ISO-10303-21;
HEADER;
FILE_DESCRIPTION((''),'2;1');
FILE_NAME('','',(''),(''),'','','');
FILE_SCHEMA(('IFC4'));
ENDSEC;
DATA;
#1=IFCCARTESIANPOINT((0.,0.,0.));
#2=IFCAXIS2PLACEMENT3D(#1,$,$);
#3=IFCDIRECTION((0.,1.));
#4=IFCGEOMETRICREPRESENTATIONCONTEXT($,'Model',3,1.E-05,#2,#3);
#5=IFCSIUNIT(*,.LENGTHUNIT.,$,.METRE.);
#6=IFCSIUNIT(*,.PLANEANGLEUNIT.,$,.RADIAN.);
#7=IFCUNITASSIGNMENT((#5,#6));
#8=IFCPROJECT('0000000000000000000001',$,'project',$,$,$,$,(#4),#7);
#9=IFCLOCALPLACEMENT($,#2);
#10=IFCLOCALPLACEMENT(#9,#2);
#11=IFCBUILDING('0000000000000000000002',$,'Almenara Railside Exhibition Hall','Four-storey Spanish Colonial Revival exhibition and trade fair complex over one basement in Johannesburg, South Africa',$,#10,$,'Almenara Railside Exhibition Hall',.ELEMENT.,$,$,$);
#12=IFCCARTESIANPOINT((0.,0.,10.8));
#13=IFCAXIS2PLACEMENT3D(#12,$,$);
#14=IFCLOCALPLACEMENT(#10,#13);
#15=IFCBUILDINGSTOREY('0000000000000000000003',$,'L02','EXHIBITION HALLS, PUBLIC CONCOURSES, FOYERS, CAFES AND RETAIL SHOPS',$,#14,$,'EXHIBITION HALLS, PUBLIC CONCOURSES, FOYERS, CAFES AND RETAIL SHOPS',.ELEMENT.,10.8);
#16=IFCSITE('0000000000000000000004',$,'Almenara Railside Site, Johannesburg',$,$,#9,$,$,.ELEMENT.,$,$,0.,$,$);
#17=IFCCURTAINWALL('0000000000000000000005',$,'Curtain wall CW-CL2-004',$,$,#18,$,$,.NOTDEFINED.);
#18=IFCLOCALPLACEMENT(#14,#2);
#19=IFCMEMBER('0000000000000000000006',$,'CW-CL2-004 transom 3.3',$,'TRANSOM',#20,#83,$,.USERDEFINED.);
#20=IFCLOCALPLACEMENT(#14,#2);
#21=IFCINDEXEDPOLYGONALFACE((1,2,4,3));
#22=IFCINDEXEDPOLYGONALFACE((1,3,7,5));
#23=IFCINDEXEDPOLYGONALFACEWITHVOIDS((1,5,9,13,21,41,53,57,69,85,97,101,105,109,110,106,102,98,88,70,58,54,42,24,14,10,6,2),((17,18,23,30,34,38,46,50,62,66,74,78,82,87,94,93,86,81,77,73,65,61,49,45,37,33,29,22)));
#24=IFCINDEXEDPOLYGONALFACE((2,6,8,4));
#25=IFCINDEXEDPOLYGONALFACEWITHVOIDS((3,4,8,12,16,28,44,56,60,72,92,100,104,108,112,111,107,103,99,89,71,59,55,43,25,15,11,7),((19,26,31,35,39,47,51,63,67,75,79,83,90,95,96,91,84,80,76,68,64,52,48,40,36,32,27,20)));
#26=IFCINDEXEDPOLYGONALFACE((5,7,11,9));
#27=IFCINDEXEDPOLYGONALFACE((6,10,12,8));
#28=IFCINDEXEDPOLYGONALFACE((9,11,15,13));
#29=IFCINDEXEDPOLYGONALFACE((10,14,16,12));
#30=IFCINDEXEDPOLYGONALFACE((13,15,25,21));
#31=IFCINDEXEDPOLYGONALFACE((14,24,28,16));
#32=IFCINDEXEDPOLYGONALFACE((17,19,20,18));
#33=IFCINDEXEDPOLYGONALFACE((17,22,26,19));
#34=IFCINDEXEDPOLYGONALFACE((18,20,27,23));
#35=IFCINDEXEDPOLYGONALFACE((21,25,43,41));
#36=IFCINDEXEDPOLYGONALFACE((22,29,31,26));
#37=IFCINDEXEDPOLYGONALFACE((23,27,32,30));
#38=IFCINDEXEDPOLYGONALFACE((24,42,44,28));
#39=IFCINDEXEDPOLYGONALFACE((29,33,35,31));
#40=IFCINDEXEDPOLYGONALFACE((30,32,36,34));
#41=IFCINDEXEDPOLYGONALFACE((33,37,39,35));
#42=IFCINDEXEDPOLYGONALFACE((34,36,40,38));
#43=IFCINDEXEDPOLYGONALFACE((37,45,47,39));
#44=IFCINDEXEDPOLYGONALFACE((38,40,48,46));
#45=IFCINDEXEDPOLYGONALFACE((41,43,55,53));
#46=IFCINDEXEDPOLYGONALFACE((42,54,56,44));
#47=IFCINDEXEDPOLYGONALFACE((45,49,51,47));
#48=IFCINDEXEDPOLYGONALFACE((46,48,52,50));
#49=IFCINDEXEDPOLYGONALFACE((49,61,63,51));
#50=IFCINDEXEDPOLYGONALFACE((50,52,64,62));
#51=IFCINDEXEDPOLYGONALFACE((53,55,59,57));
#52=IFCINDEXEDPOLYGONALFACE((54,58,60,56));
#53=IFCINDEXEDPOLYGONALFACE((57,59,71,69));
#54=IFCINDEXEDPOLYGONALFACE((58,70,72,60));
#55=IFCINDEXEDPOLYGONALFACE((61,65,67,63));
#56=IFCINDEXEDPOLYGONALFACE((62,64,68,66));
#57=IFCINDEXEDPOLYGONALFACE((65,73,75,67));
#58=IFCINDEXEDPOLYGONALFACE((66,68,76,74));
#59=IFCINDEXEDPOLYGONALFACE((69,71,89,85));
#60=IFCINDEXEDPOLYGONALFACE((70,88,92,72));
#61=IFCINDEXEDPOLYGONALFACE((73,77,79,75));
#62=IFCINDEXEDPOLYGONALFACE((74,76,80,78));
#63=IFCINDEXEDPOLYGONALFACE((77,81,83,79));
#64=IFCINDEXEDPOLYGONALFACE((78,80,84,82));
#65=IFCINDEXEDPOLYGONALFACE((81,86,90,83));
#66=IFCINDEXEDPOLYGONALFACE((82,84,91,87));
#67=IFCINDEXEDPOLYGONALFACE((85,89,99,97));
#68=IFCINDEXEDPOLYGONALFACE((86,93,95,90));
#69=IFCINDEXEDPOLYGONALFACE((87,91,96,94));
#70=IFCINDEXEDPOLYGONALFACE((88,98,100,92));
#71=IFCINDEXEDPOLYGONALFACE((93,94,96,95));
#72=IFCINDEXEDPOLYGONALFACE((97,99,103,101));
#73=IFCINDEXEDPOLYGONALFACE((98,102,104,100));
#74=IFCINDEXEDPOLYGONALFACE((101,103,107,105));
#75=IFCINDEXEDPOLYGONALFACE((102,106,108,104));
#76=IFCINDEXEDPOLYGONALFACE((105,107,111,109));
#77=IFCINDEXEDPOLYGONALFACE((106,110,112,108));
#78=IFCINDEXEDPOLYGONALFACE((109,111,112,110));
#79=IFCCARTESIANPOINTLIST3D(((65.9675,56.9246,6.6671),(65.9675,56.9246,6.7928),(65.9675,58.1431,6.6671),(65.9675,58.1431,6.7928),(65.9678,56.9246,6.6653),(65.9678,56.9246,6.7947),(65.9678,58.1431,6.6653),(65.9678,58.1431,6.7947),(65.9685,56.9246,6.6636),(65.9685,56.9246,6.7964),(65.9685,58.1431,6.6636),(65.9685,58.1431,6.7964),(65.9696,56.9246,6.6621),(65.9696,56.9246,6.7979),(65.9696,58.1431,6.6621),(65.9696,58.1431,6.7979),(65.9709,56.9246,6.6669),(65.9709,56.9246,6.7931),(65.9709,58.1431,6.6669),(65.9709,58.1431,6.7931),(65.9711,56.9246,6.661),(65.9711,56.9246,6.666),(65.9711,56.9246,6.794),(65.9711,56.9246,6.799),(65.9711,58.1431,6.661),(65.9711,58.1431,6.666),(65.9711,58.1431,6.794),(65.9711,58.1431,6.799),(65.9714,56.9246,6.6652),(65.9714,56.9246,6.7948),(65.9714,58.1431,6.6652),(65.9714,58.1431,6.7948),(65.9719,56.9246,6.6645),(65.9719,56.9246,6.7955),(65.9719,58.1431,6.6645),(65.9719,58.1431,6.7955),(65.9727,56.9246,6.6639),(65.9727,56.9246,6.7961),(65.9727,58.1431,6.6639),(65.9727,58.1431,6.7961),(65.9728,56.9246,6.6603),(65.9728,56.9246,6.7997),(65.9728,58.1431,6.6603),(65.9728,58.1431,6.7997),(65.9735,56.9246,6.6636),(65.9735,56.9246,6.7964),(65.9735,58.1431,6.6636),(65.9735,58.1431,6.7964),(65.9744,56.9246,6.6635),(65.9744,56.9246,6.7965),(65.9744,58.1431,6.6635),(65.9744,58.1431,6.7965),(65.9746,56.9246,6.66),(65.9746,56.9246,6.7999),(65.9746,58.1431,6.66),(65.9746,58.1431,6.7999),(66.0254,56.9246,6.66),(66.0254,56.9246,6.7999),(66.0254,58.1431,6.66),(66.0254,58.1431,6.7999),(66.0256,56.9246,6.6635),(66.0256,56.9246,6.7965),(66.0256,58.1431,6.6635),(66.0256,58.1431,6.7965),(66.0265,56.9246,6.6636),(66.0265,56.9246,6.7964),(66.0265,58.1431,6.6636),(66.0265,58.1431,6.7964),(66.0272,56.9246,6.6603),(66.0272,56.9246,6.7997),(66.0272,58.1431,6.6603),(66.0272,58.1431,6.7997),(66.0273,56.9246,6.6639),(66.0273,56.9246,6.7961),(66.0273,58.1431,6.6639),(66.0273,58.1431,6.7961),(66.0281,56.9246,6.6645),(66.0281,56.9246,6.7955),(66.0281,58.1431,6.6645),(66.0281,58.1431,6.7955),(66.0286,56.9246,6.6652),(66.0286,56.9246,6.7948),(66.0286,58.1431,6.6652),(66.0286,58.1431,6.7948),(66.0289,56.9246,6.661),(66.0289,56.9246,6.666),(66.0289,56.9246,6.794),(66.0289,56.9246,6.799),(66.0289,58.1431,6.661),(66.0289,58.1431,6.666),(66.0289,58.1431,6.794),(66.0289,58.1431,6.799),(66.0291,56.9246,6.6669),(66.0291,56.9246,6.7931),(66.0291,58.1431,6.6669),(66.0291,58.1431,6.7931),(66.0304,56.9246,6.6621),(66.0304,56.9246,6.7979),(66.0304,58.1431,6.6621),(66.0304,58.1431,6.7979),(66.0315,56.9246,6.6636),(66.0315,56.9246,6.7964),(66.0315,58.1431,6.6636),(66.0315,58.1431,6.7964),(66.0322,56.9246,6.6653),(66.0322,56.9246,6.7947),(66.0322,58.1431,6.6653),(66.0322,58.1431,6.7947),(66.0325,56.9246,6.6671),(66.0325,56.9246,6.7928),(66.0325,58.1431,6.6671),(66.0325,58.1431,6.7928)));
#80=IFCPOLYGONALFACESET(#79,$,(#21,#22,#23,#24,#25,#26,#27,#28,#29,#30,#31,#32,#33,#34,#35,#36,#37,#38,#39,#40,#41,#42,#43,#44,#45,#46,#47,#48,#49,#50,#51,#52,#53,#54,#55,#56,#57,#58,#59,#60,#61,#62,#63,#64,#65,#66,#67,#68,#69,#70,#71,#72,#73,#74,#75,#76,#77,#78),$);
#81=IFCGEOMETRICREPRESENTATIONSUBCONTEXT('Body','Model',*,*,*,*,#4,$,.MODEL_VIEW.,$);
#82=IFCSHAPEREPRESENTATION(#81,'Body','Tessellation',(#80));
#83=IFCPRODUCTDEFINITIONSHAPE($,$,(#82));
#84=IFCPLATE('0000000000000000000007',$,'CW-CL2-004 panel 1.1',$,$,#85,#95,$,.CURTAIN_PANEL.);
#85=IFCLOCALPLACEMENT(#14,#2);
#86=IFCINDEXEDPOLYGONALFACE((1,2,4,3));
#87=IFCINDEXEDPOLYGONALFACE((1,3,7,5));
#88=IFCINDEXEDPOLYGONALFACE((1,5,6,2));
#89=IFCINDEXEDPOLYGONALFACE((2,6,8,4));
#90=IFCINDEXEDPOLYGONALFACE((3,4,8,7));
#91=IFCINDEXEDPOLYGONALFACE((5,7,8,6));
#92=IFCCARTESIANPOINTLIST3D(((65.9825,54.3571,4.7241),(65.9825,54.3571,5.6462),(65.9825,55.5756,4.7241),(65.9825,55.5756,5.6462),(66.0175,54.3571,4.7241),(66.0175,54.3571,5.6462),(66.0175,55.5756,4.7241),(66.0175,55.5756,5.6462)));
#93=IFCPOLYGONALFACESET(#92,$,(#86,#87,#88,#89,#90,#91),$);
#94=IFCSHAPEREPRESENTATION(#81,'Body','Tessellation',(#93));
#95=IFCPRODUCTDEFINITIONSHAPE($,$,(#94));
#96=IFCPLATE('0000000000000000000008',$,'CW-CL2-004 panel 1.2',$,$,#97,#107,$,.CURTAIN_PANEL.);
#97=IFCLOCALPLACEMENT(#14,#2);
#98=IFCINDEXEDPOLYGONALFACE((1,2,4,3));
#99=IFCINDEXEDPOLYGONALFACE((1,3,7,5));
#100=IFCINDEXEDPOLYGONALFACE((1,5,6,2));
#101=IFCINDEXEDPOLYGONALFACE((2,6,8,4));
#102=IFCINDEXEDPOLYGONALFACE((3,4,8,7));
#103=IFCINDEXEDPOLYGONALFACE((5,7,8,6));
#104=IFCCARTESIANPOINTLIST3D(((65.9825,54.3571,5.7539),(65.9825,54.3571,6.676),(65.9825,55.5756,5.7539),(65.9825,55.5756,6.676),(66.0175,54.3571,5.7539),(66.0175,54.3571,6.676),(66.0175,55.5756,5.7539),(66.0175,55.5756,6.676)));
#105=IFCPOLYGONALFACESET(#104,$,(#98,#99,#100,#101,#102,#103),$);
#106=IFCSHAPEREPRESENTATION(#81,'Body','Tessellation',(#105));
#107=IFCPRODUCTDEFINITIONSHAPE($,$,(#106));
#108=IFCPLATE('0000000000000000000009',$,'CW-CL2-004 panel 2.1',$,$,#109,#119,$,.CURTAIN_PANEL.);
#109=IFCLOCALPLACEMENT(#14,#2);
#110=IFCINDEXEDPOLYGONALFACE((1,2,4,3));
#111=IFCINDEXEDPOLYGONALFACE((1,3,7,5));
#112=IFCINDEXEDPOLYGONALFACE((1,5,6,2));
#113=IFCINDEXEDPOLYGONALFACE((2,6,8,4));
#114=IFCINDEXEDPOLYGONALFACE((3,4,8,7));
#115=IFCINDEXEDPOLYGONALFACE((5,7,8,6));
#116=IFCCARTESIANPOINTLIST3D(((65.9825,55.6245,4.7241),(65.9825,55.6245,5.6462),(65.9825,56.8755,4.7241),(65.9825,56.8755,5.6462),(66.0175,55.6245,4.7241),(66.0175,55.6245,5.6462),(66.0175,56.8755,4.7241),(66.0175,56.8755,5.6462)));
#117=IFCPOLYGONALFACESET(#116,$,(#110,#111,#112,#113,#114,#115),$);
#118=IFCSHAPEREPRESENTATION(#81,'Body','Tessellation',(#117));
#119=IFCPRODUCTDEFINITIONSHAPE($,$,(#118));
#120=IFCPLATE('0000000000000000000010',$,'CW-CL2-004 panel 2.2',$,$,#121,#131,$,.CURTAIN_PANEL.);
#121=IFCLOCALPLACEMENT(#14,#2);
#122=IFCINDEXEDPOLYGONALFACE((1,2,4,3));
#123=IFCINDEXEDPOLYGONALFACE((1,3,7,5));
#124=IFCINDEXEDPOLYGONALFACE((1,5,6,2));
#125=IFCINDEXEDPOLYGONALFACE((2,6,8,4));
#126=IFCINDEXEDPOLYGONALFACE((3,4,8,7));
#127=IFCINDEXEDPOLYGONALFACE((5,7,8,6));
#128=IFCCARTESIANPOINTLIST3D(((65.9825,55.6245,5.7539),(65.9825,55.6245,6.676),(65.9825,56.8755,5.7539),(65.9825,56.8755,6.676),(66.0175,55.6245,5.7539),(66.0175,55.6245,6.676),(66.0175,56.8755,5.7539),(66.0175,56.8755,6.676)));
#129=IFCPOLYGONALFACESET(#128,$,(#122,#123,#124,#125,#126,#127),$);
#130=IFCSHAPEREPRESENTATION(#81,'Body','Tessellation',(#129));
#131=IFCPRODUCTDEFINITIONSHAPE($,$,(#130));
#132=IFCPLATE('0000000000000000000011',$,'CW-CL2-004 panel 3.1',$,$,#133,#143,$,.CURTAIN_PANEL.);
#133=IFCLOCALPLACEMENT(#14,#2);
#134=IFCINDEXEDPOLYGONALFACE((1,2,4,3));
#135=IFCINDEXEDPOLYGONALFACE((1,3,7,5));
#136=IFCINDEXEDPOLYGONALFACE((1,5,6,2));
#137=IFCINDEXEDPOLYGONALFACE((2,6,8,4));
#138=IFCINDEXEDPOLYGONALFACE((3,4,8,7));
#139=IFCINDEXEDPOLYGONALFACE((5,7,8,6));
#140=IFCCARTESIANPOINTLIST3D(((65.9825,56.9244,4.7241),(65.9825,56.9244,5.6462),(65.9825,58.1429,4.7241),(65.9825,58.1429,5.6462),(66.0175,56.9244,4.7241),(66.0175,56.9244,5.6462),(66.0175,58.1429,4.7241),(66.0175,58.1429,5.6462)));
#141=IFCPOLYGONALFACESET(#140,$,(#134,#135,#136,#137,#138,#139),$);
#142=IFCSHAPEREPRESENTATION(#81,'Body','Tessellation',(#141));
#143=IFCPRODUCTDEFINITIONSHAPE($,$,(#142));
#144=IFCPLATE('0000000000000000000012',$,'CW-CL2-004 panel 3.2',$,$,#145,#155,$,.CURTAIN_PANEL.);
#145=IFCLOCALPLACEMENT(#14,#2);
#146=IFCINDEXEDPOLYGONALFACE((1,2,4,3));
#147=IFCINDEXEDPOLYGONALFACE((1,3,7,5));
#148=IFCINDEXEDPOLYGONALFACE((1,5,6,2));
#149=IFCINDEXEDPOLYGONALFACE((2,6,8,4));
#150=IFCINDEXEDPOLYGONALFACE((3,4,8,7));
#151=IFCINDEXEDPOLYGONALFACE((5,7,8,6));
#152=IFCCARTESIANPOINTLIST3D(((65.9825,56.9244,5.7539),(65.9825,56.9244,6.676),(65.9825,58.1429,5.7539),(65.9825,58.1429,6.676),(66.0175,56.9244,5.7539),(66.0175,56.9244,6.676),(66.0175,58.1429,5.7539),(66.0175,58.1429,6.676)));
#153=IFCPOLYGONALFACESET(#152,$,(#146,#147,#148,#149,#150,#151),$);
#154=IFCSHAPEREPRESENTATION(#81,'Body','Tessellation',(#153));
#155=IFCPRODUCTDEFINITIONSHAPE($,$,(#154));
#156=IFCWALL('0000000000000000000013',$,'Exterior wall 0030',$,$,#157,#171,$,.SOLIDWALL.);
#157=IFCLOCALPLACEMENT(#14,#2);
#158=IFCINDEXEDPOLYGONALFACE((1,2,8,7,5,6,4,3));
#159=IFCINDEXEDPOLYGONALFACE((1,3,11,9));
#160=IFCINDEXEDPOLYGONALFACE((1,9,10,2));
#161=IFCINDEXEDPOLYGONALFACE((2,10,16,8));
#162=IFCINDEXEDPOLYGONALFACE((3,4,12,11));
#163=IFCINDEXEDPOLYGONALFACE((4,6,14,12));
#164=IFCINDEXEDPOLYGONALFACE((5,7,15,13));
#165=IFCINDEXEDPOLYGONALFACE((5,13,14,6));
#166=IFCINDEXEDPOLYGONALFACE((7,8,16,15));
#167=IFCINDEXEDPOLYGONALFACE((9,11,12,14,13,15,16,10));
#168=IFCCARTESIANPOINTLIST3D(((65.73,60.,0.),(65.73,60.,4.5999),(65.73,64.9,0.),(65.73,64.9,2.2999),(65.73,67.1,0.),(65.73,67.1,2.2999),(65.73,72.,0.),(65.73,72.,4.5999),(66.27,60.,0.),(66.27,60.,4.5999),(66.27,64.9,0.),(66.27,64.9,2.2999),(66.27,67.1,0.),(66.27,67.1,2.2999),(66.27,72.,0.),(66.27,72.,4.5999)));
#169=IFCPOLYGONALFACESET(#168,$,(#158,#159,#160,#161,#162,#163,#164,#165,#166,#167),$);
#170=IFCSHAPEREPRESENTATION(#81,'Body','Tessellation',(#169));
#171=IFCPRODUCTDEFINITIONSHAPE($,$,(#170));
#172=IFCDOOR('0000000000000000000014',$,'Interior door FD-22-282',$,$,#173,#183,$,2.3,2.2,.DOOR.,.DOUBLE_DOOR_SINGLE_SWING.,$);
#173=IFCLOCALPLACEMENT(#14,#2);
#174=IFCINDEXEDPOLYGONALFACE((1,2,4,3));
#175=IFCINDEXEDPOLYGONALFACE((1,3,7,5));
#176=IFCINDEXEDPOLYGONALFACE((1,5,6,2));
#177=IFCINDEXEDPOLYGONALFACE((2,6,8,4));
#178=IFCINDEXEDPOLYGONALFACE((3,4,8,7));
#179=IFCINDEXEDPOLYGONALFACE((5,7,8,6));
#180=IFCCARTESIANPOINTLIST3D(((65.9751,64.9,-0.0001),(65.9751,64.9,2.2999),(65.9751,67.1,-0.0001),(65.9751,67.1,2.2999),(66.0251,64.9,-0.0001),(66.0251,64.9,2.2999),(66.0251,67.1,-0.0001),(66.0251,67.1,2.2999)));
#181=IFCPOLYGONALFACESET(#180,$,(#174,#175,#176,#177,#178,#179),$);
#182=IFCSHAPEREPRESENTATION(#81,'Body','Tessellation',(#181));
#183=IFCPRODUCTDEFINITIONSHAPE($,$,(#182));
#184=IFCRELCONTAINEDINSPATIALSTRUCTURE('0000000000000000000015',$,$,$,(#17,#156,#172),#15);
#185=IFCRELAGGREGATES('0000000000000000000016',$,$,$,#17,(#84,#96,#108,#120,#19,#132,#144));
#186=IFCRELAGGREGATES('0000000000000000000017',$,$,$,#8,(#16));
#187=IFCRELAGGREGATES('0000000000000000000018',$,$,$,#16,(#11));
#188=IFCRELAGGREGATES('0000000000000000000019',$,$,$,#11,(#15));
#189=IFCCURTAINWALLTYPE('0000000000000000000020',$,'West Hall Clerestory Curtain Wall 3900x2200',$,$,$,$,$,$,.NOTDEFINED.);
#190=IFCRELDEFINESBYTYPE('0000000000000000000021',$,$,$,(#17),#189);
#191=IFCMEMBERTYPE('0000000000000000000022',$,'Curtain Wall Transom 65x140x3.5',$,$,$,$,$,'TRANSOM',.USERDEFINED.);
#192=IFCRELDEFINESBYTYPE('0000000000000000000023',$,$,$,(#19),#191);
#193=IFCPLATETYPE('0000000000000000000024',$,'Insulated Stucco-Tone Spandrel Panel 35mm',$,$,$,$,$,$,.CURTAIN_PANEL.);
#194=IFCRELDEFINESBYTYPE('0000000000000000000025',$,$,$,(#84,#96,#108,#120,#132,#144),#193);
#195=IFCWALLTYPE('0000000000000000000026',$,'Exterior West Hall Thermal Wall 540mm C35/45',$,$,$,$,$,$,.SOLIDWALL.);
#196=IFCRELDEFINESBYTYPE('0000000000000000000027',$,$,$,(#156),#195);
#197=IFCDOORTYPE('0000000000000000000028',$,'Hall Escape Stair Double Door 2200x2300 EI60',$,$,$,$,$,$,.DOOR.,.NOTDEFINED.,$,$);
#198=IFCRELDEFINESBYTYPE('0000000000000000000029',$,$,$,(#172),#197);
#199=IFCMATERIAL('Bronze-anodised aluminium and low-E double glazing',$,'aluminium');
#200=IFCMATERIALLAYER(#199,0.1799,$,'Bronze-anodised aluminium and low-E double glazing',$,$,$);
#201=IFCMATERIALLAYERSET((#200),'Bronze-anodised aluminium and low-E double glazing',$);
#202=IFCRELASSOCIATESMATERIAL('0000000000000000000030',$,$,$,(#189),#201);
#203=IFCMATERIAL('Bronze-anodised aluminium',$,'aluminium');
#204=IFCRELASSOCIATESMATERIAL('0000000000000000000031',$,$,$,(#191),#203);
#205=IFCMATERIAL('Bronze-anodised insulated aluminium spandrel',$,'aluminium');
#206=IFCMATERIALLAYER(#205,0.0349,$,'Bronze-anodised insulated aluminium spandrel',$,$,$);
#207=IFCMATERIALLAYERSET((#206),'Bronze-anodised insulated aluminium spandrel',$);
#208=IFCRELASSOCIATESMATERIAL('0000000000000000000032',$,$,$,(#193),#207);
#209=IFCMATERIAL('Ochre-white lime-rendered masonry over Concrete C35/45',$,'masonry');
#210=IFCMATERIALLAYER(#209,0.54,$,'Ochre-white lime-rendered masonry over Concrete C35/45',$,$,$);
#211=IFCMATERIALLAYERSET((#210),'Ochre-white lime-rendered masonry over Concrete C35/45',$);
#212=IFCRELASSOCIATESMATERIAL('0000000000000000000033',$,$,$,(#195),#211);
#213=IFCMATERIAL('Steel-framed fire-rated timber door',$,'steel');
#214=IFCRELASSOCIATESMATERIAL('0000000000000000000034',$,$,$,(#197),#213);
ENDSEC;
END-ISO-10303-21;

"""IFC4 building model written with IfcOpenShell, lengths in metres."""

from ifc_helpers import new_model, si_unit, direction, frame, frame_2d, origin, origin_2d, place, context, subcontext, project, spatial, rectangle, hollow_rectangle, extrude, material, layer, layer_set, material_profile, profile_set, type_object, element, fill, aggregate, save


model = new_model("IFC4")

# Units and contexts
model_context = context("Model", 3, precision=1e-05, world=origin(), true_north=direction((0.0, 1.0)))
body_context = subcontext(model_context, "Body", "Model", "MODEL_VIEW")
ifc_project = project(units=[si_unit("LENGTHUNIT", "METRE"), si_unit("PLANEANGLEUNIT", "RADIAN")], contexts=[model_context])

# Site, building, storey
site_placement = place(None, origin())
site = spatial("IfcSite", under=ifc_project, at=site_placement, Name="Almenara Railside Site, Johannesburg", CompositionType="ELEMENT", RefElevation=0.0)
building_placement = place(site_placement, origin())
building = spatial("IfcBuilding", under=site, at=building_placement, Name="Almenara Railside Exhibition Hall", Description="Four-storey Spanish Colonial Revival exhibition and trade fair complex over one basement in Johannesburg, South Africa", LongName="Almenara Railside Exhibition Hall", CompositionType="ELEMENT")
storey_placement = place(building_placement, frame((0.0, 0.0, 10.8)))
storey = spatial("IfcBuildingStorey", under=building, at=storey_placement, Name="L02", Description="EXHIBITION HALLS, PUBLIC CONCOURSES, FOYERS, CAFES AND RETAIL SHOPS", LongName="EXHIBITION HALLS, PUBLIC CONCOURSES, FOYERS, CAFES AND RETAIL SHOPS", CompositionType="ELEMENT", Elevation=10.8)

# Curtain wall, member, plates
ifc_material_1 = material(Name="Bronze-anodised aluminium and low-E double glazing", Category="aluminium")
ifc_layer_1 = layer(ifc_material_1, 0.1799, Name="Bronze-anodised aluminium and low-E double glazing")
ifc_layer_set_1 = layer_set([ifc_layer_1], Name="Bronze-anodised aluminium and low-E double glazing")
curtain_wall_type = type_object("IfcCurtainWallType", Name="West Hall Clerestory Curtain Wall 3900x2200", PredefinedType="NOTDEFINED", material=ifc_layer_set_1)
curtain_wall_placement = place(storey_placement, origin())
curtain_wall = element("IfcCurtainWall", 1, at=curtain_wall_placement, inside=storey, type_object=curtain_wall_type, Name="Curtain wall CW-CL2-004", PredefinedType="NOTDEFINED")
ifc_material_2 = material(Name="Bronze-anodised aluminium", Category="aluminium")
ifc_material_profile_1 = material_profile(ifc_material_2, hollow_rectangle(XDim=0.0649, YDim=0.1399, WallThickness=0.0034, InnerFilletRadius=0.0034, OuterFilletRadius=0.0071, at=origin_2d()), Name="ALU-TRN 65x140x3.5")
ifc_profile_set_1 = profile_set([ifc_material_profile_1], Name="Bronze-anodised aluminium")
member_type_1 = type_object("IfcMemberType", Name="Curtain Wall Transom 65x140x3.5", ElementType="TRANSOM", PredefinedType="USERDEFINED", material=ifc_profile_set_1)
member_1_placement = place(storey_placement, frame((66.0, 56.9246, 6.73), z_axis=(0.0, 1.0, 0.0), x_axis=(-1.0, 0.0, 0.0)))
member_1 = element("IfcMember", 2, at=member_1_placement, type_object=member_type_1, Name="CW-CL2-004 transom 3.3", ObjectType="TRANSOM", PredefinedType="USERDEFINED", context=body_context, shape_type="SweptSolid", body=[
    extrude(hollow_rectangle(XDim=0.0649, YDim=0.1399, WallThickness=0.0034, InnerFilletRadius=0.0034, OuterFilletRadius=0.0071, at=origin_2d()), origin(), (0.0, 0.0, 1.0), 1.2185),
])
ifc_material_3 = material(Name="Bronze-anodised insulated aluminium spandrel", Category="aluminium")
ifc_layer_2 = layer(ifc_material_3, 0.0349, Name="Bronze-anodised insulated aluminium spandrel")
ifc_layer_set_2 = layer_set([ifc_layer_2], Name="Bronze-anodised insulated aluminium spandrel")
plate_type = type_object("IfcPlateType", Name="Insulated Stucco-Tone Spandrel Panel 35mm", PredefinedType="CURTAIN_PANEL", material=ifc_layer_set_2)
plate_1_placement = place(storey_placement, frame((66.0, 54.9663, 4.7241), z_axis=(0.0, 0.0, 1.0), x_axis=(0.0, 1.0, 0.0)))
plate_1 = element("IfcPlate", 3, at=plate_1_placement, type_object=plate_type, Name="CW-CL2-004 panel 1.1", PredefinedType="CURTAIN_PANEL", context=body_context, shape_type="SweptSolid", body=[
    extrude(rectangle(XDim=1.2185, YDim=0.0349, at=origin_2d()), origin(), (0.0, 0.0, 1.0), 0.9221),
])
plate_2_placement = place(storey_placement, frame((66.0, 54.9663, 5.7539), z_axis=(0.0, 0.0, 1.0), x_axis=(0.0, 1.0, 0.0)))
plate_2 = element("IfcPlate", 4, at=plate_2_placement, type_object=plate_type, Name="CW-CL2-004 panel 1.2", PredefinedType="CURTAIN_PANEL", context=body_context, shape_type="SweptSolid", body=[
    extrude(rectangle(XDim=1.2185, YDim=0.0349, at=origin_2d()), origin(), (0.0, 0.0, 1.0), 0.9221),
])
plate_3_placement = place(storey_placement, frame((66.0, 56.25, 4.7241), z_axis=(0.0, 0.0, 1.0), x_axis=(0.0, 1.0, 0.0)))
plate_3 = element("IfcPlate", 5, at=plate_3_placement, type_object=plate_type, Name="CW-CL2-004 panel 2.1", PredefinedType="CURTAIN_PANEL", context=body_context, shape_type="SweptSolid", body=[
    extrude(rectangle(XDim=1.251, YDim=0.0349, at=origin_2d()), origin(), (0.0, 0.0, 1.0), 0.9221),
])
plate_4_placement = place(storey_placement, frame((66.0, 56.25, 5.7539), z_axis=(0.0, 0.0, 1.0), x_axis=(0.0, 1.0, 0.0)))
plate_4 = element("IfcPlate", 6, at=plate_4_placement, type_object=plate_type, Name="CW-CL2-004 panel 2.2", PredefinedType="CURTAIN_PANEL", context=body_context, shape_type="SweptSolid", body=[
    extrude(rectangle(XDim=1.251, YDim=0.0349, at=origin_2d()), origin(), (0.0, 0.0, 1.0), 0.9221),
])
plate_5_placement = place(storey_placement, frame((66.0, 57.5337, 4.7241), z_axis=(0.0, 0.0, 1.0), x_axis=(0.0, 1.0, 0.0)))
plate_5 = element("IfcPlate", 7, at=plate_5_placement, type_object=plate_type, Name="CW-CL2-004 panel 3.1", PredefinedType="CURTAIN_PANEL", context=body_context, shape_type="SweptSolid", body=[
    extrude(rectangle(XDim=1.2185, YDim=0.0349, at=origin_2d()), origin(), (0.0, 0.0, 1.0), 0.9221),
])
plate_6_placement = place(storey_placement, frame((66.0, 57.5337, 5.7539), z_axis=(0.0, 0.0, 1.0), x_axis=(0.0, 1.0, 0.0)))
plate_6 = element("IfcPlate", 8, at=plate_6_placement, type_object=plate_type, Name="CW-CL2-004 panel 3.2", PredefinedType="CURTAIN_PANEL", context=body_context, shape_type="SweptSolid", body=[
    extrude(rectangle(XDim=1.2185, YDim=0.0349, at=origin_2d()), origin(), (0.0, 0.0, 1.0), 0.9221),
])
aggregate(curtain_wall, [plate_1, plate_2, plate_3, plate_4, member_1, plate_5, plate_6])

# Wall, opening, door
ifc_material_4 = material(Name="Ochre-white lime-rendered masonry over Concrete C35/45", Category="masonry")
ifc_layer_3 = layer(ifc_material_4, 0.54, Name="Ochre-white lime-rendered masonry over Concrete C35/45")
ifc_layer_set_3 = layer_set([ifc_layer_3], Name="Ochre-white lime-rendered masonry over Concrete C35/45")
wall_type = type_object("IfcWallType", Name="Exterior West Hall Thermal Wall 540mm C35/45", PredefinedType="SOLIDWALL", material=ifc_layer_set_3)
wall_placement = place(storey_placement, frame((66.0, 60.0, 0.0), z_axis=(0.0, 0.0, 1.0), x_axis=(0.0, 1.0, 0.0)))
wall = element("IfcWall", 9, at=wall_placement, inside=storey, type_object=wall_type, Name="Exterior wall 0030", PredefinedType="SOLIDWALL", context=body_context, shape_type="SweptSolid", body=[
    extrude(rectangle(XDim=12.0, YDim=0.54, at=frame_2d((6.0, 0.0))), origin(), (0.0, 0.0, 1.0), 4.5999),
])
opening_placement = place(wall_placement, frame((4.8999, 0.0, 0.0)))
opening = element("IfcOpeningElement", 10, at=opening_placement, cuts=wall, PredefinedType="OPENING", context=body_context, shape_type="SweptSolid", body=[
    extrude(rectangle(XDim=2.2, YDim=2.3, at=frame_2d((1.1001, 1.1499))), frame((0.0, 0.28, 0.0), z_axis=(0.0, -1.0, 0.0), x_axis=(1.0, 0.0, 0.0)), (0.0, 0.0, 1.0), 0.5601),
])
ifc_material_5 = material(Name="Steel-framed fire-rated timber door", Category="steel")
door_type = type_object("IfcDoorType", Name="Hall Escape Stair Double Door 2200x2300 EI60", OperationType="NOTDEFINED", PredefinedType="DOOR", material=ifc_material_5)
door_placement = place(opening_placement, origin())
door = element("IfcDoor", 11, at=door_placement, inside=storey, type_object=door_type, Name="Interior door FD-22-282", OperationType="DOUBLE_DOOR_SINGLE_SWING", OverallHeight=2.3, OverallWidth=2.2, PredefinedType="DOOR", context=body_context, shape_type="SweptSolid", body=[
    extrude(rectangle(XDim=2.2, YDim=2.3, at=frame_2d((1.1001, 1.1499))), frame((0.0, 0.0249, 0.0), z_axis=(0.0, -1.0, 0.0), x_axis=(1.0, 0.0, 0.0)), (0.0, 0.0, 1.0), 0.05),
])
fill(opening, door)

save(model, "model.ifc")
